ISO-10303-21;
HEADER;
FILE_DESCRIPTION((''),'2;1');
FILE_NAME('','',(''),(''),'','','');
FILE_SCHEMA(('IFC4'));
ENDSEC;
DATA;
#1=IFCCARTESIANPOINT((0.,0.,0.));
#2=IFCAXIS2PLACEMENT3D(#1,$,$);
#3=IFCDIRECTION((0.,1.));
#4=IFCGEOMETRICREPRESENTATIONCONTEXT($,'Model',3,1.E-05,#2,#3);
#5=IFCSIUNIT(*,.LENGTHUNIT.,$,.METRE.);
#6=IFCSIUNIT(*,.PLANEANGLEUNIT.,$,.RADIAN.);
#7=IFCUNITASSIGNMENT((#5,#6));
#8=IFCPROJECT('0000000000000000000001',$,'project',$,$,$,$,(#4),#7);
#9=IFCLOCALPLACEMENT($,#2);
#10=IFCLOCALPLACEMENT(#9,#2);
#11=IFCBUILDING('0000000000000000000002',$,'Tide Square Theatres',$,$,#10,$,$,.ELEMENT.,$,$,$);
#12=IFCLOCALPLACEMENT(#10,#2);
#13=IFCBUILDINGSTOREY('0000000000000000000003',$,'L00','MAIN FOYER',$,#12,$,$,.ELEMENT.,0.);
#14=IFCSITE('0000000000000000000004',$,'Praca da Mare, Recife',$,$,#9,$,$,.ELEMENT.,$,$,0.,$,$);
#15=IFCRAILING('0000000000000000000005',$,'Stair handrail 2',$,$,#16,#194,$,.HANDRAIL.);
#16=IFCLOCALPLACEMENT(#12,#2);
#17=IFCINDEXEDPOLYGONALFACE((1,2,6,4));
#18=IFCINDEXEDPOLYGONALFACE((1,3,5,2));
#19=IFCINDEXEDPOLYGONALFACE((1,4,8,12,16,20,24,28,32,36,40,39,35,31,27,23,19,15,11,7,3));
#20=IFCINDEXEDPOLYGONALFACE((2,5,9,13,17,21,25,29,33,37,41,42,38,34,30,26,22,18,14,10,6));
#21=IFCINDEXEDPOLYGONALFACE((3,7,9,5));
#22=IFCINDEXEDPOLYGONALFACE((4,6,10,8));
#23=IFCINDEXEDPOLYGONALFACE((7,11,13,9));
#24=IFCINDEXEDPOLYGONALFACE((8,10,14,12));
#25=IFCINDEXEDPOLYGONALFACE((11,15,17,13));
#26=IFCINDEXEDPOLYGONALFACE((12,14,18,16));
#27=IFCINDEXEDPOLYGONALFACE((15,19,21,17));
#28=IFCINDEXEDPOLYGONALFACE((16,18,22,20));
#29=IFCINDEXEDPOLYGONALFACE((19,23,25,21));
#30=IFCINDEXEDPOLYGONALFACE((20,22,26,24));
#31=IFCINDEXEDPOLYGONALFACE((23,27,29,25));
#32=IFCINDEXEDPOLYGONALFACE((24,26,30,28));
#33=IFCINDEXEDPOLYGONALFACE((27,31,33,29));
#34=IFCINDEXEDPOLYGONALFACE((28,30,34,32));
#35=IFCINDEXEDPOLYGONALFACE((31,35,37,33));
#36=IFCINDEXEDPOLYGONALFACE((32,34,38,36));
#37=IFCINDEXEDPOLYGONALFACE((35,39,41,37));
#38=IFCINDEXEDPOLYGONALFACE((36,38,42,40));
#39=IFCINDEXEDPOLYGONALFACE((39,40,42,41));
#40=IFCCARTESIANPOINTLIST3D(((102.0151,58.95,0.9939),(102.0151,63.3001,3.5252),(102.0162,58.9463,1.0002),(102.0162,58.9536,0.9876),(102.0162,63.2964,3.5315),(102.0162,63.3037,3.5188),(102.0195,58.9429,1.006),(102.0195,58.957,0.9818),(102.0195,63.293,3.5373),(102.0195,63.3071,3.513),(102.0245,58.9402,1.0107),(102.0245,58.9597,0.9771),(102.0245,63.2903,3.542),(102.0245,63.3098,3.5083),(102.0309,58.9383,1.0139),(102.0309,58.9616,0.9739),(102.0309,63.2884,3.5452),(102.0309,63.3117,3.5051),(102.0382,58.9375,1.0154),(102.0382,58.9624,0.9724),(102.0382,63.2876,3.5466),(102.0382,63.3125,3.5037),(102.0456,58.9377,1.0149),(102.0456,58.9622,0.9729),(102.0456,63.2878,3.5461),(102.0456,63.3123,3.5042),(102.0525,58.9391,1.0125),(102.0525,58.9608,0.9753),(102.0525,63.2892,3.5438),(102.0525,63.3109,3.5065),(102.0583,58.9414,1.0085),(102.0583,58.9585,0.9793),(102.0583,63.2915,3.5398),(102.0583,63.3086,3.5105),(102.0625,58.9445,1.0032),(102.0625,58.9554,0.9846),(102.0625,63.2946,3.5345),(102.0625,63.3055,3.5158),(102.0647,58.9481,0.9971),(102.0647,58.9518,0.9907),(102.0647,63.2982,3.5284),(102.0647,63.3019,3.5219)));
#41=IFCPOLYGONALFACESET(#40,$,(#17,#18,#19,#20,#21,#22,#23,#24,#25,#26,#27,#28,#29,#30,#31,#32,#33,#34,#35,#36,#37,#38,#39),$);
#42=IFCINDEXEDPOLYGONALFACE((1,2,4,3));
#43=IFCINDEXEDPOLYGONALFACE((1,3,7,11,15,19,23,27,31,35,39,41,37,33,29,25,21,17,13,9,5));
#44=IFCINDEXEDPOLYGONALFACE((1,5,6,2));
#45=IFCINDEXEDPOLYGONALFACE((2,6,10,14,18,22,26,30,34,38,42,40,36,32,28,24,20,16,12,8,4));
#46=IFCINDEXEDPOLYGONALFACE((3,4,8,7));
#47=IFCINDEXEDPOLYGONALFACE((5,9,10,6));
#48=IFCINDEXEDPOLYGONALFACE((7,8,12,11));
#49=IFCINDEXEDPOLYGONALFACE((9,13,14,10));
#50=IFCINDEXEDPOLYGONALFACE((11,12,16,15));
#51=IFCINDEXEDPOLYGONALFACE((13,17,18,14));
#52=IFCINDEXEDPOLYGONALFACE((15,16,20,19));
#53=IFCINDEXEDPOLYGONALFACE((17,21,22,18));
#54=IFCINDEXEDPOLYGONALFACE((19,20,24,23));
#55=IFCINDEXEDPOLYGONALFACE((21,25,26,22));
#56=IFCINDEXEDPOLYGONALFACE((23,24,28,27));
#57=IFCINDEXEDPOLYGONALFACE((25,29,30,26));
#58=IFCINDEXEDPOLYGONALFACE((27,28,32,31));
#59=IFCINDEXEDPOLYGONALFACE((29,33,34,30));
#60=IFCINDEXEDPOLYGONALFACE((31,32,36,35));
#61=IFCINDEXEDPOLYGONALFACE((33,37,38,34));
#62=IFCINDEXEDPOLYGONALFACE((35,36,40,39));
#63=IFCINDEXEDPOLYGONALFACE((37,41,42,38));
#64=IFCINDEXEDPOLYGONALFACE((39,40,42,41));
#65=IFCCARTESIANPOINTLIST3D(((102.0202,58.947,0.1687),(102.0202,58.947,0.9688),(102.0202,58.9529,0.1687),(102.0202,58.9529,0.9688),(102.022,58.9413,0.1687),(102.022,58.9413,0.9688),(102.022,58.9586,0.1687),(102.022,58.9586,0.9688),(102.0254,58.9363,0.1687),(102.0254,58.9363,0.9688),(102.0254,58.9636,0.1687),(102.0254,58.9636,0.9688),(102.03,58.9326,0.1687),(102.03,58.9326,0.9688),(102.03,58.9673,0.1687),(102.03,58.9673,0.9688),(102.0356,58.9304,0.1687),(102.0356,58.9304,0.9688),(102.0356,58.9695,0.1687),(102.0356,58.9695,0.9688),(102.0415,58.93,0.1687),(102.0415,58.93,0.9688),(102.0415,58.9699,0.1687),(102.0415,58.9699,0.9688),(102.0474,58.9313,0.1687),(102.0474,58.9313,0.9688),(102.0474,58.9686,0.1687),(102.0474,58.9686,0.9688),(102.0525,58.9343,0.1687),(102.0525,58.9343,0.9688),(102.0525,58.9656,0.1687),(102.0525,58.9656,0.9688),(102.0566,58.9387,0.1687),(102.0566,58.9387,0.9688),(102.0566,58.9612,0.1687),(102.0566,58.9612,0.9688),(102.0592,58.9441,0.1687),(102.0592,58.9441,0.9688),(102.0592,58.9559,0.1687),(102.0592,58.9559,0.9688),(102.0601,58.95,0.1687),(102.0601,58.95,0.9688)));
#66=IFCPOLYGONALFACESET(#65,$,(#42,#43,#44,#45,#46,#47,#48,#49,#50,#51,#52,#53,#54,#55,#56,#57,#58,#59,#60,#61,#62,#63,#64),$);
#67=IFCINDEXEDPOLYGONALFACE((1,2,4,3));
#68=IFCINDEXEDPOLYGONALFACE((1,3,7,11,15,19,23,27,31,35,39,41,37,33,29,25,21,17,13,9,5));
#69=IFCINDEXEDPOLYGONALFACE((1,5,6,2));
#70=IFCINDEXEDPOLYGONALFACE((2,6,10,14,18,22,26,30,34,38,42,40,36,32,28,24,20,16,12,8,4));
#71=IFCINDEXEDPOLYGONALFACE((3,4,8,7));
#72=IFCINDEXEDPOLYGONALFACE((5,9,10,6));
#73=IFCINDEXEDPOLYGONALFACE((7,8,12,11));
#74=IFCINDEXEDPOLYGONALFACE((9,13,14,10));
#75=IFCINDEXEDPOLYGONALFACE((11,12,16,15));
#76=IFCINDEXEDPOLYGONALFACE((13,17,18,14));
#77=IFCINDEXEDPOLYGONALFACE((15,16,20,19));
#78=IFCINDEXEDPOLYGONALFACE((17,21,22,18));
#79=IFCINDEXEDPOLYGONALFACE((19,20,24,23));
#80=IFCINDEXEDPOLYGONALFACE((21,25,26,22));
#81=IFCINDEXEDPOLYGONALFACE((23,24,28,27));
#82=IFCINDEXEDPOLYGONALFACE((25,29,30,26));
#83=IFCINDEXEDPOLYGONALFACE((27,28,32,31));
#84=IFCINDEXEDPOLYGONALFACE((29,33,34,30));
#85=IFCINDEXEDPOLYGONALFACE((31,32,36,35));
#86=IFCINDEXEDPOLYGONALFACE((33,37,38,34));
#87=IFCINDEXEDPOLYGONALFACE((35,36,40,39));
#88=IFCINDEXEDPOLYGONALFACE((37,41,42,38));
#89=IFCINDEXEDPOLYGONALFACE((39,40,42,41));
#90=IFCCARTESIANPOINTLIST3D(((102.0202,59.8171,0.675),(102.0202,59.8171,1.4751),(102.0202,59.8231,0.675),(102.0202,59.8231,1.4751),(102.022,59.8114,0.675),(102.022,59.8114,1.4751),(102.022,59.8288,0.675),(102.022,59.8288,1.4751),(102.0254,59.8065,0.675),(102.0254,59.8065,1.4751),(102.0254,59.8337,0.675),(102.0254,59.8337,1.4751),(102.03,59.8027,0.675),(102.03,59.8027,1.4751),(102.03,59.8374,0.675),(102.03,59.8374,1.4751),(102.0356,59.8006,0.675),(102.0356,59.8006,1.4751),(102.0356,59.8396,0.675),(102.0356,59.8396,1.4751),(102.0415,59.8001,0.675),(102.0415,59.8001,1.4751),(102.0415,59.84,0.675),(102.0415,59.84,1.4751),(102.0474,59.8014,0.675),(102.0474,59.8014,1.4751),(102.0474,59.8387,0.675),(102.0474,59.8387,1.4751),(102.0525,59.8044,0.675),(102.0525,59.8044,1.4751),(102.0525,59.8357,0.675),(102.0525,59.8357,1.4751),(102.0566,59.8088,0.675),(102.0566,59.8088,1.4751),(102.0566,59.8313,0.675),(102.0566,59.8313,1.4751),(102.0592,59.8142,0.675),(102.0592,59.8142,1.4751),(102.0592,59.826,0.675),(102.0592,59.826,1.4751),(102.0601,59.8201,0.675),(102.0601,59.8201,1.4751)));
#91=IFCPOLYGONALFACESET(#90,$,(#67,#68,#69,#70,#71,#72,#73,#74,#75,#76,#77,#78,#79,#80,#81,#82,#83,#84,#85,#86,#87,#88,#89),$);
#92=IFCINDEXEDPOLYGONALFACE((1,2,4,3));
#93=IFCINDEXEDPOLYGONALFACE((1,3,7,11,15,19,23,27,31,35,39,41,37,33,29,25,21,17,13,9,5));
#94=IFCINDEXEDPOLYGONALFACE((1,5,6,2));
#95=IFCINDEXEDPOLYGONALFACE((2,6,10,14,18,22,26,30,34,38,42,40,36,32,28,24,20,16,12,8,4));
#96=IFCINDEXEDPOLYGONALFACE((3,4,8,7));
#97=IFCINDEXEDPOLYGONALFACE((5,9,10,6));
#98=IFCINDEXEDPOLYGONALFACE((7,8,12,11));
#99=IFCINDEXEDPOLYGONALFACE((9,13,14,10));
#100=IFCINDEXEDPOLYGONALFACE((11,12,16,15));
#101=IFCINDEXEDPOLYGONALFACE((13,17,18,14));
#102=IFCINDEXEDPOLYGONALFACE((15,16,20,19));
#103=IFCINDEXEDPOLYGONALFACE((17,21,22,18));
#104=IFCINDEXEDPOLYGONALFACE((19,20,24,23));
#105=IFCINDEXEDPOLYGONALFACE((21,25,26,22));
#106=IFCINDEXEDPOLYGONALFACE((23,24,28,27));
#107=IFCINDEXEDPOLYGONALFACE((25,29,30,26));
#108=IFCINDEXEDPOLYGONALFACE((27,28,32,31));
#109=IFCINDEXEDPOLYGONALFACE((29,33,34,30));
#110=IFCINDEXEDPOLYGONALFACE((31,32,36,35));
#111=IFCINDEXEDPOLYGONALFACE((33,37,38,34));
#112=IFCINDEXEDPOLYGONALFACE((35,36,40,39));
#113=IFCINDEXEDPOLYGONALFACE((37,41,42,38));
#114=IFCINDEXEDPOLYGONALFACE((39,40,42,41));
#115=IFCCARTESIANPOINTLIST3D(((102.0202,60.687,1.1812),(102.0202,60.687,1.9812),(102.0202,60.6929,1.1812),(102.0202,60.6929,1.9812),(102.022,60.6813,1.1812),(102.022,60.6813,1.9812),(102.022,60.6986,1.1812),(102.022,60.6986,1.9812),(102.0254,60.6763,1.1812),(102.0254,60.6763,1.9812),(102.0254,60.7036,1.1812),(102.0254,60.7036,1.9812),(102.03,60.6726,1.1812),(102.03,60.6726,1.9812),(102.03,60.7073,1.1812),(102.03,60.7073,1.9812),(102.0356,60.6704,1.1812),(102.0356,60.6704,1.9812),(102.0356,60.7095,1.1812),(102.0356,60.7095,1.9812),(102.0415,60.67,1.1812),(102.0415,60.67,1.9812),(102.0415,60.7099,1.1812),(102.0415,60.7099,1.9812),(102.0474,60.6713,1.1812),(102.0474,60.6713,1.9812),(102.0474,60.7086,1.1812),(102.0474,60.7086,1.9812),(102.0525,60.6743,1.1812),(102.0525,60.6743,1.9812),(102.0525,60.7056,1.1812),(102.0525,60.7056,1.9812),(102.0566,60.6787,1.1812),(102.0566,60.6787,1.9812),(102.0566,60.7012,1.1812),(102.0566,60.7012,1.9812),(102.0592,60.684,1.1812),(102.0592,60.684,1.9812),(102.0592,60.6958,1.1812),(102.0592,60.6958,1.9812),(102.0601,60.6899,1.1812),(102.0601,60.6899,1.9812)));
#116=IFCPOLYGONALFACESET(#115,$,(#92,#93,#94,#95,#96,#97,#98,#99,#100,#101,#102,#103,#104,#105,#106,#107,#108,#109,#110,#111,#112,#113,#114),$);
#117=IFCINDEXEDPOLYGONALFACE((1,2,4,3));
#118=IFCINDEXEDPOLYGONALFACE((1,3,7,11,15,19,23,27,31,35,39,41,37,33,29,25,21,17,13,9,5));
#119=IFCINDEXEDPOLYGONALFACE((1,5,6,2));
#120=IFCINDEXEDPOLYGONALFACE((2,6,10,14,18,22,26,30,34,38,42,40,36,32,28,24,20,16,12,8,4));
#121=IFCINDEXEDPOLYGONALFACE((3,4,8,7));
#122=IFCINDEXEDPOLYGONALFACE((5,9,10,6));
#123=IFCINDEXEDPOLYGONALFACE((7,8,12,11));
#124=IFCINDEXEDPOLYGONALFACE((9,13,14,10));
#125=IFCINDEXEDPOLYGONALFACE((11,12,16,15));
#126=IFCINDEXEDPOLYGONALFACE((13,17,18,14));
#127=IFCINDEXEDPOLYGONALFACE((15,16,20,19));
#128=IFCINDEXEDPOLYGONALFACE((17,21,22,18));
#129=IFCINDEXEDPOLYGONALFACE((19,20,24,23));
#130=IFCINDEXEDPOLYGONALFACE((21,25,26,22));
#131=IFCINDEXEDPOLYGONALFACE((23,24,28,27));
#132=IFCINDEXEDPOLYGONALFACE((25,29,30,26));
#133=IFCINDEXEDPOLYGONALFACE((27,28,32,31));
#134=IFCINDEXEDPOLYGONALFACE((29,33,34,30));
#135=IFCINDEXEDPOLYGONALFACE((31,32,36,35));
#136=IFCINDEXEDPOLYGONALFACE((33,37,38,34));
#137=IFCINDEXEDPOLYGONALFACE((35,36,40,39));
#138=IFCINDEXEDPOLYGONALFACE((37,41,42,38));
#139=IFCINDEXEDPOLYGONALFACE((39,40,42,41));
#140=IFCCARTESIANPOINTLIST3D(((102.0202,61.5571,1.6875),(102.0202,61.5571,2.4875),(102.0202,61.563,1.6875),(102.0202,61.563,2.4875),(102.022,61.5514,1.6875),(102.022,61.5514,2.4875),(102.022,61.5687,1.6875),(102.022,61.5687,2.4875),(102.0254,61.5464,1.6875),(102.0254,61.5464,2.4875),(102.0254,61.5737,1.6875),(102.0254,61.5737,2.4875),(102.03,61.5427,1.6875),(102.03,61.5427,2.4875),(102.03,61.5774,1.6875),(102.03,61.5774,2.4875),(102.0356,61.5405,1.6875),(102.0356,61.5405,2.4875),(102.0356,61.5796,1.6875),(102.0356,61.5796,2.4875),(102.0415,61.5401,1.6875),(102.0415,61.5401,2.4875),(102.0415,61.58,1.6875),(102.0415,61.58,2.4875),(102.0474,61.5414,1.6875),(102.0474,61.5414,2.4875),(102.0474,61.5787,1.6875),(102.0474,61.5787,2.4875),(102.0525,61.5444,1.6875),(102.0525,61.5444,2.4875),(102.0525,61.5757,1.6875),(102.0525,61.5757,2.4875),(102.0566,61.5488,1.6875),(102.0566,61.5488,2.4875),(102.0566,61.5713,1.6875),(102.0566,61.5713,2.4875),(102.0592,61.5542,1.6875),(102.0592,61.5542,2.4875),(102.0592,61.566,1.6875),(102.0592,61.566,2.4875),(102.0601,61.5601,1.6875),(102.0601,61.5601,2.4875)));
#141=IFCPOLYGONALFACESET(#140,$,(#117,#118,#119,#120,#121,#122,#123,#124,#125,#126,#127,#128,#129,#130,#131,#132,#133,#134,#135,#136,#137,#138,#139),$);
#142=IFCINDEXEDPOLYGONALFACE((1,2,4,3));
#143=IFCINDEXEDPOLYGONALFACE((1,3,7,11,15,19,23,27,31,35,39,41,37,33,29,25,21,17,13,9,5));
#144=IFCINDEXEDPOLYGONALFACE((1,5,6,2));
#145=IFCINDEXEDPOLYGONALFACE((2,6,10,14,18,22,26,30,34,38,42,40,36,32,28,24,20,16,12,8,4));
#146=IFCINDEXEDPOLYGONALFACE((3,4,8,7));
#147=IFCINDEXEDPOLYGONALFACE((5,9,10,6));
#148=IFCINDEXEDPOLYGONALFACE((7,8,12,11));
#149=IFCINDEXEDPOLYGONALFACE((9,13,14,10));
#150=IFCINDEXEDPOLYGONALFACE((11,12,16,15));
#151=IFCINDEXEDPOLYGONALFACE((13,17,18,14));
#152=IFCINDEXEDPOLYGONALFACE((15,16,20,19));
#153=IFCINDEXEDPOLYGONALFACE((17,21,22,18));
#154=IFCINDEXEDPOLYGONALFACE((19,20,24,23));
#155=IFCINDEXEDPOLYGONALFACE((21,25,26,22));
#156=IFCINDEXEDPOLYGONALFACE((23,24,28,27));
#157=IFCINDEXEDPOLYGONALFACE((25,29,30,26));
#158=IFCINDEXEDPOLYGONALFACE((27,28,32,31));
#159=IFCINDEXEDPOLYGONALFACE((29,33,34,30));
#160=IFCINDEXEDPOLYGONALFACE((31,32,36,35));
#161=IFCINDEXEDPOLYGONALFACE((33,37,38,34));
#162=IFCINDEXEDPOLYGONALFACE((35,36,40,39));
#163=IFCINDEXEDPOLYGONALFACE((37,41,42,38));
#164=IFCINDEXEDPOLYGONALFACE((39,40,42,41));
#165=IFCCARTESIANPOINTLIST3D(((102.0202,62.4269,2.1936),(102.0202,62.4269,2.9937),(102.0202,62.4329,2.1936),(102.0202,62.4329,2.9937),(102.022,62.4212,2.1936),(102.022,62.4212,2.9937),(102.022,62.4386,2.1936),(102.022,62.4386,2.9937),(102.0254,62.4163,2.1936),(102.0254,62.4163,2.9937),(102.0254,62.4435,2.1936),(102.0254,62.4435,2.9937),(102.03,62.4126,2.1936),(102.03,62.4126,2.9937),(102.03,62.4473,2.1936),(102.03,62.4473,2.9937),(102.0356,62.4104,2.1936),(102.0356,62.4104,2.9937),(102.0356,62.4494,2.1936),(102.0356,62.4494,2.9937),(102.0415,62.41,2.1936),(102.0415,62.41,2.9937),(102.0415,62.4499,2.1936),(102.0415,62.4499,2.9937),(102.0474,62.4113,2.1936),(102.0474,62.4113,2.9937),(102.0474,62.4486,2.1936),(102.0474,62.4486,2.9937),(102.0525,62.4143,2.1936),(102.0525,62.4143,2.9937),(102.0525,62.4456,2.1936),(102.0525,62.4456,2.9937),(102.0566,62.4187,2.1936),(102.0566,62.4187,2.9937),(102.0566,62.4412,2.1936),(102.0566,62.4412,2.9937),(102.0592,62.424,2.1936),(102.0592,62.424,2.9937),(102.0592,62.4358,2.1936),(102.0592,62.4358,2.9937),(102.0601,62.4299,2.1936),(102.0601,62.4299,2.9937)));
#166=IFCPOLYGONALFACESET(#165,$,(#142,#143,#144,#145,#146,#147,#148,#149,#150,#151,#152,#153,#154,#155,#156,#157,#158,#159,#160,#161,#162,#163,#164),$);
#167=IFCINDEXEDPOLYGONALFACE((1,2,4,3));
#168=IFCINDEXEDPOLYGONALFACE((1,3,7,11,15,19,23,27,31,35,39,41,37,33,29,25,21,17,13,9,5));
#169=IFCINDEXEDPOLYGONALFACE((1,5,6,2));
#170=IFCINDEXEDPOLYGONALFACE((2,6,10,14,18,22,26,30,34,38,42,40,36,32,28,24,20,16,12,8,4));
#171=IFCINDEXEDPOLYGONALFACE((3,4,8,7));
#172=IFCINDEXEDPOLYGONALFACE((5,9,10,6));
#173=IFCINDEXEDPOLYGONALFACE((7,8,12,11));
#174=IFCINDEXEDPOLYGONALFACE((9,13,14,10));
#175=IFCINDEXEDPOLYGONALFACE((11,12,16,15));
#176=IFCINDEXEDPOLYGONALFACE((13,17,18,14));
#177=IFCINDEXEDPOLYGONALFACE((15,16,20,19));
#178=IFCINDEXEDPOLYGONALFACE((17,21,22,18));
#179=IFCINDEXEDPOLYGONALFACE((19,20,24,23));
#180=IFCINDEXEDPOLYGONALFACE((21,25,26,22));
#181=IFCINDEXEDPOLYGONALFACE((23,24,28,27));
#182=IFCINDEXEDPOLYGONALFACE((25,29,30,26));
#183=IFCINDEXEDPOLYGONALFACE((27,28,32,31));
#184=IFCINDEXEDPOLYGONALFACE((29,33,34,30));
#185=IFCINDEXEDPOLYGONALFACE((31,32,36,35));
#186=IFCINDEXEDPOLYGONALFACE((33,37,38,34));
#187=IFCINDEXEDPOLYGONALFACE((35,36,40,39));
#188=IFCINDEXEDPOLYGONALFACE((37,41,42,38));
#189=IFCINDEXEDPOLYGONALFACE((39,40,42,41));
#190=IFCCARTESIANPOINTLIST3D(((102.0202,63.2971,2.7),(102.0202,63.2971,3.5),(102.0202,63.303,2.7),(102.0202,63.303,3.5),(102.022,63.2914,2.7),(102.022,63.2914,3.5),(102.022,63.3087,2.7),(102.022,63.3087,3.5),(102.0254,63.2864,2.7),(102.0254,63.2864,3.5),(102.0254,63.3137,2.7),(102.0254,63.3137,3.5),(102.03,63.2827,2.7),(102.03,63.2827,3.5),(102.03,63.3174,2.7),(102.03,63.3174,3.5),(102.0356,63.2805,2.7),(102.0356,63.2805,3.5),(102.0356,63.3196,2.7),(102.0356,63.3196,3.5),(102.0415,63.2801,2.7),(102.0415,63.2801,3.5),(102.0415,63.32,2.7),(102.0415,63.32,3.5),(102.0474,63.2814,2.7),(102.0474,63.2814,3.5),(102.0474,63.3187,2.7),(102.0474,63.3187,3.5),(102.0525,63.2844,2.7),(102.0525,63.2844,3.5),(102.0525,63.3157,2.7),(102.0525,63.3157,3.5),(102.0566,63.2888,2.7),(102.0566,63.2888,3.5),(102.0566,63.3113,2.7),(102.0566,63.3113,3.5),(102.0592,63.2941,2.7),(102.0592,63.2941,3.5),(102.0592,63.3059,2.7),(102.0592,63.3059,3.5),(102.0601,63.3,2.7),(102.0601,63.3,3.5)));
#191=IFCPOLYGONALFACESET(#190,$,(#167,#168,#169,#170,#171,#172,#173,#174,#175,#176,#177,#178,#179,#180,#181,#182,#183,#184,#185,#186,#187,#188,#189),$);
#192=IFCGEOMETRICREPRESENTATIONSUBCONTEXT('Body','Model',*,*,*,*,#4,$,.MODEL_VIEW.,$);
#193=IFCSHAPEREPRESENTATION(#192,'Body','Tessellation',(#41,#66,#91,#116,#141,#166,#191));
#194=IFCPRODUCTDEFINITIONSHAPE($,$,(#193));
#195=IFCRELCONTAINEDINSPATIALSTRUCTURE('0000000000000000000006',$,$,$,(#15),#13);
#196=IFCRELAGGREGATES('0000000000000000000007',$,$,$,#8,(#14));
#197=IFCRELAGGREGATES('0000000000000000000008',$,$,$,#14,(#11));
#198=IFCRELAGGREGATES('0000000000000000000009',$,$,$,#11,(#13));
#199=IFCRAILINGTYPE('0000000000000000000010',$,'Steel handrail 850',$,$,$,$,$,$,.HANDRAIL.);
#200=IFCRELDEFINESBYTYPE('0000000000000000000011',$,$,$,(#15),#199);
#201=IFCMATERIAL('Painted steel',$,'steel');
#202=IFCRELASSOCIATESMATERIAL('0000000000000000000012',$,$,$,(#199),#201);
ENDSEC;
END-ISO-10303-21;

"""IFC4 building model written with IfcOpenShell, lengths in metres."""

from ifc_helpers import new_model, si_unit, direction, frame, origin, origin_2d, place, context, subcontext, project, spatial, circle, extrude, material, type_object, element, save


model = new_model("IFC4")

# Units and contexts
model_context = context("Model", 3, precision=1e-05, world=origin(), true_north=direction((0.0, 1.0)))
body_context = subcontext(model_context, "Body", "Model", "MODEL_VIEW")
ifc_project = project(units=[si_unit("LENGTHUNIT", "METRE"), si_unit("PLANEANGLEUNIT", "RADIAN")], contexts=[model_context])

# Site, building, storey
site_placement = place(None, origin())
site = spatial("IfcSite", under=ifc_project, at=site_placement, Name="Praca da Mare, Recife", CompositionType="ELEMENT", RefElevation=0.0)
building_placement = place(site_placement, origin())
building = spatial("IfcBuilding", under=site, at=building_placement, Name="Tide Square Theatres", CompositionType="ELEMENT")
storey_placement = place(building_placement, origin())
storey = spatial("IfcBuildingStorey", under=building, at=storey_placement, Name="L00", Description="MAIN FOYER", CompositionType="ELEMENT", Elevation=0.0)

# Railing
ifc_material_1 = material(Name="Painted steel", Category="steel")
railing_type = type_object("IfcRailingType", Name="Steel handrail 850", PredefinedType="HANDRAIL", material=ifc_material_1)
for number, where, name in (
    (1, (102.04, 58.95, 0.1687), "Stair handrail 2"),
):
    element("IfcRailing", number, at=place(storey_placement, frame(where)), inside=storey, type_object=railing_type, Name=name, PredefinedType="HANDRAIL", context=body_context, shape_type="SweptSolid", body=[
        extrude(circle(Radius=0.0249, at=origin_2d()), frame((0.0, 0.0, 0.8252), z_axis=(0.0, 0.864324, 0.502936), x_axis=(-1.0, 0.0, 0.0)), (0.0, 0.0, 1.0), 5.033),
        extrude(circle(Radius=0.02, at=origin_2d()), origin(), (0.0, 0.0, 1.0), 0.8),
        extrude(circle(Radius=0.02, at=origin_2d()), frame((0.0, 0.8701, 0.5063)), (0.0, 0.0, 1.0), 0.8),
        extrude(circle(Radius=0.02, at=origin_2d()), frame((0.0, 1.74, 1.0125)), (0.0, 0.0, 1.0), 0.8),
        extrude(circle(Radius=0.02, at=origin_2d()), frame((0.0, 2.6101, 1.5188)), (0.0, 0.0, 1.0), 0.8),
        extrude(circle(Radius=0.02, at=origin_2d()), frame((0.0, 3.48, 2.0249)), (0.0, 0.0, 1.0), 0.8),
        extrude(circle(Radius=0.02, at=origin_2d()), frame((0.0, 4.3501, 2.5312)), (0.0, 0.0, 1.0), 0.8),
    ])

save(model, "model.ifc")
